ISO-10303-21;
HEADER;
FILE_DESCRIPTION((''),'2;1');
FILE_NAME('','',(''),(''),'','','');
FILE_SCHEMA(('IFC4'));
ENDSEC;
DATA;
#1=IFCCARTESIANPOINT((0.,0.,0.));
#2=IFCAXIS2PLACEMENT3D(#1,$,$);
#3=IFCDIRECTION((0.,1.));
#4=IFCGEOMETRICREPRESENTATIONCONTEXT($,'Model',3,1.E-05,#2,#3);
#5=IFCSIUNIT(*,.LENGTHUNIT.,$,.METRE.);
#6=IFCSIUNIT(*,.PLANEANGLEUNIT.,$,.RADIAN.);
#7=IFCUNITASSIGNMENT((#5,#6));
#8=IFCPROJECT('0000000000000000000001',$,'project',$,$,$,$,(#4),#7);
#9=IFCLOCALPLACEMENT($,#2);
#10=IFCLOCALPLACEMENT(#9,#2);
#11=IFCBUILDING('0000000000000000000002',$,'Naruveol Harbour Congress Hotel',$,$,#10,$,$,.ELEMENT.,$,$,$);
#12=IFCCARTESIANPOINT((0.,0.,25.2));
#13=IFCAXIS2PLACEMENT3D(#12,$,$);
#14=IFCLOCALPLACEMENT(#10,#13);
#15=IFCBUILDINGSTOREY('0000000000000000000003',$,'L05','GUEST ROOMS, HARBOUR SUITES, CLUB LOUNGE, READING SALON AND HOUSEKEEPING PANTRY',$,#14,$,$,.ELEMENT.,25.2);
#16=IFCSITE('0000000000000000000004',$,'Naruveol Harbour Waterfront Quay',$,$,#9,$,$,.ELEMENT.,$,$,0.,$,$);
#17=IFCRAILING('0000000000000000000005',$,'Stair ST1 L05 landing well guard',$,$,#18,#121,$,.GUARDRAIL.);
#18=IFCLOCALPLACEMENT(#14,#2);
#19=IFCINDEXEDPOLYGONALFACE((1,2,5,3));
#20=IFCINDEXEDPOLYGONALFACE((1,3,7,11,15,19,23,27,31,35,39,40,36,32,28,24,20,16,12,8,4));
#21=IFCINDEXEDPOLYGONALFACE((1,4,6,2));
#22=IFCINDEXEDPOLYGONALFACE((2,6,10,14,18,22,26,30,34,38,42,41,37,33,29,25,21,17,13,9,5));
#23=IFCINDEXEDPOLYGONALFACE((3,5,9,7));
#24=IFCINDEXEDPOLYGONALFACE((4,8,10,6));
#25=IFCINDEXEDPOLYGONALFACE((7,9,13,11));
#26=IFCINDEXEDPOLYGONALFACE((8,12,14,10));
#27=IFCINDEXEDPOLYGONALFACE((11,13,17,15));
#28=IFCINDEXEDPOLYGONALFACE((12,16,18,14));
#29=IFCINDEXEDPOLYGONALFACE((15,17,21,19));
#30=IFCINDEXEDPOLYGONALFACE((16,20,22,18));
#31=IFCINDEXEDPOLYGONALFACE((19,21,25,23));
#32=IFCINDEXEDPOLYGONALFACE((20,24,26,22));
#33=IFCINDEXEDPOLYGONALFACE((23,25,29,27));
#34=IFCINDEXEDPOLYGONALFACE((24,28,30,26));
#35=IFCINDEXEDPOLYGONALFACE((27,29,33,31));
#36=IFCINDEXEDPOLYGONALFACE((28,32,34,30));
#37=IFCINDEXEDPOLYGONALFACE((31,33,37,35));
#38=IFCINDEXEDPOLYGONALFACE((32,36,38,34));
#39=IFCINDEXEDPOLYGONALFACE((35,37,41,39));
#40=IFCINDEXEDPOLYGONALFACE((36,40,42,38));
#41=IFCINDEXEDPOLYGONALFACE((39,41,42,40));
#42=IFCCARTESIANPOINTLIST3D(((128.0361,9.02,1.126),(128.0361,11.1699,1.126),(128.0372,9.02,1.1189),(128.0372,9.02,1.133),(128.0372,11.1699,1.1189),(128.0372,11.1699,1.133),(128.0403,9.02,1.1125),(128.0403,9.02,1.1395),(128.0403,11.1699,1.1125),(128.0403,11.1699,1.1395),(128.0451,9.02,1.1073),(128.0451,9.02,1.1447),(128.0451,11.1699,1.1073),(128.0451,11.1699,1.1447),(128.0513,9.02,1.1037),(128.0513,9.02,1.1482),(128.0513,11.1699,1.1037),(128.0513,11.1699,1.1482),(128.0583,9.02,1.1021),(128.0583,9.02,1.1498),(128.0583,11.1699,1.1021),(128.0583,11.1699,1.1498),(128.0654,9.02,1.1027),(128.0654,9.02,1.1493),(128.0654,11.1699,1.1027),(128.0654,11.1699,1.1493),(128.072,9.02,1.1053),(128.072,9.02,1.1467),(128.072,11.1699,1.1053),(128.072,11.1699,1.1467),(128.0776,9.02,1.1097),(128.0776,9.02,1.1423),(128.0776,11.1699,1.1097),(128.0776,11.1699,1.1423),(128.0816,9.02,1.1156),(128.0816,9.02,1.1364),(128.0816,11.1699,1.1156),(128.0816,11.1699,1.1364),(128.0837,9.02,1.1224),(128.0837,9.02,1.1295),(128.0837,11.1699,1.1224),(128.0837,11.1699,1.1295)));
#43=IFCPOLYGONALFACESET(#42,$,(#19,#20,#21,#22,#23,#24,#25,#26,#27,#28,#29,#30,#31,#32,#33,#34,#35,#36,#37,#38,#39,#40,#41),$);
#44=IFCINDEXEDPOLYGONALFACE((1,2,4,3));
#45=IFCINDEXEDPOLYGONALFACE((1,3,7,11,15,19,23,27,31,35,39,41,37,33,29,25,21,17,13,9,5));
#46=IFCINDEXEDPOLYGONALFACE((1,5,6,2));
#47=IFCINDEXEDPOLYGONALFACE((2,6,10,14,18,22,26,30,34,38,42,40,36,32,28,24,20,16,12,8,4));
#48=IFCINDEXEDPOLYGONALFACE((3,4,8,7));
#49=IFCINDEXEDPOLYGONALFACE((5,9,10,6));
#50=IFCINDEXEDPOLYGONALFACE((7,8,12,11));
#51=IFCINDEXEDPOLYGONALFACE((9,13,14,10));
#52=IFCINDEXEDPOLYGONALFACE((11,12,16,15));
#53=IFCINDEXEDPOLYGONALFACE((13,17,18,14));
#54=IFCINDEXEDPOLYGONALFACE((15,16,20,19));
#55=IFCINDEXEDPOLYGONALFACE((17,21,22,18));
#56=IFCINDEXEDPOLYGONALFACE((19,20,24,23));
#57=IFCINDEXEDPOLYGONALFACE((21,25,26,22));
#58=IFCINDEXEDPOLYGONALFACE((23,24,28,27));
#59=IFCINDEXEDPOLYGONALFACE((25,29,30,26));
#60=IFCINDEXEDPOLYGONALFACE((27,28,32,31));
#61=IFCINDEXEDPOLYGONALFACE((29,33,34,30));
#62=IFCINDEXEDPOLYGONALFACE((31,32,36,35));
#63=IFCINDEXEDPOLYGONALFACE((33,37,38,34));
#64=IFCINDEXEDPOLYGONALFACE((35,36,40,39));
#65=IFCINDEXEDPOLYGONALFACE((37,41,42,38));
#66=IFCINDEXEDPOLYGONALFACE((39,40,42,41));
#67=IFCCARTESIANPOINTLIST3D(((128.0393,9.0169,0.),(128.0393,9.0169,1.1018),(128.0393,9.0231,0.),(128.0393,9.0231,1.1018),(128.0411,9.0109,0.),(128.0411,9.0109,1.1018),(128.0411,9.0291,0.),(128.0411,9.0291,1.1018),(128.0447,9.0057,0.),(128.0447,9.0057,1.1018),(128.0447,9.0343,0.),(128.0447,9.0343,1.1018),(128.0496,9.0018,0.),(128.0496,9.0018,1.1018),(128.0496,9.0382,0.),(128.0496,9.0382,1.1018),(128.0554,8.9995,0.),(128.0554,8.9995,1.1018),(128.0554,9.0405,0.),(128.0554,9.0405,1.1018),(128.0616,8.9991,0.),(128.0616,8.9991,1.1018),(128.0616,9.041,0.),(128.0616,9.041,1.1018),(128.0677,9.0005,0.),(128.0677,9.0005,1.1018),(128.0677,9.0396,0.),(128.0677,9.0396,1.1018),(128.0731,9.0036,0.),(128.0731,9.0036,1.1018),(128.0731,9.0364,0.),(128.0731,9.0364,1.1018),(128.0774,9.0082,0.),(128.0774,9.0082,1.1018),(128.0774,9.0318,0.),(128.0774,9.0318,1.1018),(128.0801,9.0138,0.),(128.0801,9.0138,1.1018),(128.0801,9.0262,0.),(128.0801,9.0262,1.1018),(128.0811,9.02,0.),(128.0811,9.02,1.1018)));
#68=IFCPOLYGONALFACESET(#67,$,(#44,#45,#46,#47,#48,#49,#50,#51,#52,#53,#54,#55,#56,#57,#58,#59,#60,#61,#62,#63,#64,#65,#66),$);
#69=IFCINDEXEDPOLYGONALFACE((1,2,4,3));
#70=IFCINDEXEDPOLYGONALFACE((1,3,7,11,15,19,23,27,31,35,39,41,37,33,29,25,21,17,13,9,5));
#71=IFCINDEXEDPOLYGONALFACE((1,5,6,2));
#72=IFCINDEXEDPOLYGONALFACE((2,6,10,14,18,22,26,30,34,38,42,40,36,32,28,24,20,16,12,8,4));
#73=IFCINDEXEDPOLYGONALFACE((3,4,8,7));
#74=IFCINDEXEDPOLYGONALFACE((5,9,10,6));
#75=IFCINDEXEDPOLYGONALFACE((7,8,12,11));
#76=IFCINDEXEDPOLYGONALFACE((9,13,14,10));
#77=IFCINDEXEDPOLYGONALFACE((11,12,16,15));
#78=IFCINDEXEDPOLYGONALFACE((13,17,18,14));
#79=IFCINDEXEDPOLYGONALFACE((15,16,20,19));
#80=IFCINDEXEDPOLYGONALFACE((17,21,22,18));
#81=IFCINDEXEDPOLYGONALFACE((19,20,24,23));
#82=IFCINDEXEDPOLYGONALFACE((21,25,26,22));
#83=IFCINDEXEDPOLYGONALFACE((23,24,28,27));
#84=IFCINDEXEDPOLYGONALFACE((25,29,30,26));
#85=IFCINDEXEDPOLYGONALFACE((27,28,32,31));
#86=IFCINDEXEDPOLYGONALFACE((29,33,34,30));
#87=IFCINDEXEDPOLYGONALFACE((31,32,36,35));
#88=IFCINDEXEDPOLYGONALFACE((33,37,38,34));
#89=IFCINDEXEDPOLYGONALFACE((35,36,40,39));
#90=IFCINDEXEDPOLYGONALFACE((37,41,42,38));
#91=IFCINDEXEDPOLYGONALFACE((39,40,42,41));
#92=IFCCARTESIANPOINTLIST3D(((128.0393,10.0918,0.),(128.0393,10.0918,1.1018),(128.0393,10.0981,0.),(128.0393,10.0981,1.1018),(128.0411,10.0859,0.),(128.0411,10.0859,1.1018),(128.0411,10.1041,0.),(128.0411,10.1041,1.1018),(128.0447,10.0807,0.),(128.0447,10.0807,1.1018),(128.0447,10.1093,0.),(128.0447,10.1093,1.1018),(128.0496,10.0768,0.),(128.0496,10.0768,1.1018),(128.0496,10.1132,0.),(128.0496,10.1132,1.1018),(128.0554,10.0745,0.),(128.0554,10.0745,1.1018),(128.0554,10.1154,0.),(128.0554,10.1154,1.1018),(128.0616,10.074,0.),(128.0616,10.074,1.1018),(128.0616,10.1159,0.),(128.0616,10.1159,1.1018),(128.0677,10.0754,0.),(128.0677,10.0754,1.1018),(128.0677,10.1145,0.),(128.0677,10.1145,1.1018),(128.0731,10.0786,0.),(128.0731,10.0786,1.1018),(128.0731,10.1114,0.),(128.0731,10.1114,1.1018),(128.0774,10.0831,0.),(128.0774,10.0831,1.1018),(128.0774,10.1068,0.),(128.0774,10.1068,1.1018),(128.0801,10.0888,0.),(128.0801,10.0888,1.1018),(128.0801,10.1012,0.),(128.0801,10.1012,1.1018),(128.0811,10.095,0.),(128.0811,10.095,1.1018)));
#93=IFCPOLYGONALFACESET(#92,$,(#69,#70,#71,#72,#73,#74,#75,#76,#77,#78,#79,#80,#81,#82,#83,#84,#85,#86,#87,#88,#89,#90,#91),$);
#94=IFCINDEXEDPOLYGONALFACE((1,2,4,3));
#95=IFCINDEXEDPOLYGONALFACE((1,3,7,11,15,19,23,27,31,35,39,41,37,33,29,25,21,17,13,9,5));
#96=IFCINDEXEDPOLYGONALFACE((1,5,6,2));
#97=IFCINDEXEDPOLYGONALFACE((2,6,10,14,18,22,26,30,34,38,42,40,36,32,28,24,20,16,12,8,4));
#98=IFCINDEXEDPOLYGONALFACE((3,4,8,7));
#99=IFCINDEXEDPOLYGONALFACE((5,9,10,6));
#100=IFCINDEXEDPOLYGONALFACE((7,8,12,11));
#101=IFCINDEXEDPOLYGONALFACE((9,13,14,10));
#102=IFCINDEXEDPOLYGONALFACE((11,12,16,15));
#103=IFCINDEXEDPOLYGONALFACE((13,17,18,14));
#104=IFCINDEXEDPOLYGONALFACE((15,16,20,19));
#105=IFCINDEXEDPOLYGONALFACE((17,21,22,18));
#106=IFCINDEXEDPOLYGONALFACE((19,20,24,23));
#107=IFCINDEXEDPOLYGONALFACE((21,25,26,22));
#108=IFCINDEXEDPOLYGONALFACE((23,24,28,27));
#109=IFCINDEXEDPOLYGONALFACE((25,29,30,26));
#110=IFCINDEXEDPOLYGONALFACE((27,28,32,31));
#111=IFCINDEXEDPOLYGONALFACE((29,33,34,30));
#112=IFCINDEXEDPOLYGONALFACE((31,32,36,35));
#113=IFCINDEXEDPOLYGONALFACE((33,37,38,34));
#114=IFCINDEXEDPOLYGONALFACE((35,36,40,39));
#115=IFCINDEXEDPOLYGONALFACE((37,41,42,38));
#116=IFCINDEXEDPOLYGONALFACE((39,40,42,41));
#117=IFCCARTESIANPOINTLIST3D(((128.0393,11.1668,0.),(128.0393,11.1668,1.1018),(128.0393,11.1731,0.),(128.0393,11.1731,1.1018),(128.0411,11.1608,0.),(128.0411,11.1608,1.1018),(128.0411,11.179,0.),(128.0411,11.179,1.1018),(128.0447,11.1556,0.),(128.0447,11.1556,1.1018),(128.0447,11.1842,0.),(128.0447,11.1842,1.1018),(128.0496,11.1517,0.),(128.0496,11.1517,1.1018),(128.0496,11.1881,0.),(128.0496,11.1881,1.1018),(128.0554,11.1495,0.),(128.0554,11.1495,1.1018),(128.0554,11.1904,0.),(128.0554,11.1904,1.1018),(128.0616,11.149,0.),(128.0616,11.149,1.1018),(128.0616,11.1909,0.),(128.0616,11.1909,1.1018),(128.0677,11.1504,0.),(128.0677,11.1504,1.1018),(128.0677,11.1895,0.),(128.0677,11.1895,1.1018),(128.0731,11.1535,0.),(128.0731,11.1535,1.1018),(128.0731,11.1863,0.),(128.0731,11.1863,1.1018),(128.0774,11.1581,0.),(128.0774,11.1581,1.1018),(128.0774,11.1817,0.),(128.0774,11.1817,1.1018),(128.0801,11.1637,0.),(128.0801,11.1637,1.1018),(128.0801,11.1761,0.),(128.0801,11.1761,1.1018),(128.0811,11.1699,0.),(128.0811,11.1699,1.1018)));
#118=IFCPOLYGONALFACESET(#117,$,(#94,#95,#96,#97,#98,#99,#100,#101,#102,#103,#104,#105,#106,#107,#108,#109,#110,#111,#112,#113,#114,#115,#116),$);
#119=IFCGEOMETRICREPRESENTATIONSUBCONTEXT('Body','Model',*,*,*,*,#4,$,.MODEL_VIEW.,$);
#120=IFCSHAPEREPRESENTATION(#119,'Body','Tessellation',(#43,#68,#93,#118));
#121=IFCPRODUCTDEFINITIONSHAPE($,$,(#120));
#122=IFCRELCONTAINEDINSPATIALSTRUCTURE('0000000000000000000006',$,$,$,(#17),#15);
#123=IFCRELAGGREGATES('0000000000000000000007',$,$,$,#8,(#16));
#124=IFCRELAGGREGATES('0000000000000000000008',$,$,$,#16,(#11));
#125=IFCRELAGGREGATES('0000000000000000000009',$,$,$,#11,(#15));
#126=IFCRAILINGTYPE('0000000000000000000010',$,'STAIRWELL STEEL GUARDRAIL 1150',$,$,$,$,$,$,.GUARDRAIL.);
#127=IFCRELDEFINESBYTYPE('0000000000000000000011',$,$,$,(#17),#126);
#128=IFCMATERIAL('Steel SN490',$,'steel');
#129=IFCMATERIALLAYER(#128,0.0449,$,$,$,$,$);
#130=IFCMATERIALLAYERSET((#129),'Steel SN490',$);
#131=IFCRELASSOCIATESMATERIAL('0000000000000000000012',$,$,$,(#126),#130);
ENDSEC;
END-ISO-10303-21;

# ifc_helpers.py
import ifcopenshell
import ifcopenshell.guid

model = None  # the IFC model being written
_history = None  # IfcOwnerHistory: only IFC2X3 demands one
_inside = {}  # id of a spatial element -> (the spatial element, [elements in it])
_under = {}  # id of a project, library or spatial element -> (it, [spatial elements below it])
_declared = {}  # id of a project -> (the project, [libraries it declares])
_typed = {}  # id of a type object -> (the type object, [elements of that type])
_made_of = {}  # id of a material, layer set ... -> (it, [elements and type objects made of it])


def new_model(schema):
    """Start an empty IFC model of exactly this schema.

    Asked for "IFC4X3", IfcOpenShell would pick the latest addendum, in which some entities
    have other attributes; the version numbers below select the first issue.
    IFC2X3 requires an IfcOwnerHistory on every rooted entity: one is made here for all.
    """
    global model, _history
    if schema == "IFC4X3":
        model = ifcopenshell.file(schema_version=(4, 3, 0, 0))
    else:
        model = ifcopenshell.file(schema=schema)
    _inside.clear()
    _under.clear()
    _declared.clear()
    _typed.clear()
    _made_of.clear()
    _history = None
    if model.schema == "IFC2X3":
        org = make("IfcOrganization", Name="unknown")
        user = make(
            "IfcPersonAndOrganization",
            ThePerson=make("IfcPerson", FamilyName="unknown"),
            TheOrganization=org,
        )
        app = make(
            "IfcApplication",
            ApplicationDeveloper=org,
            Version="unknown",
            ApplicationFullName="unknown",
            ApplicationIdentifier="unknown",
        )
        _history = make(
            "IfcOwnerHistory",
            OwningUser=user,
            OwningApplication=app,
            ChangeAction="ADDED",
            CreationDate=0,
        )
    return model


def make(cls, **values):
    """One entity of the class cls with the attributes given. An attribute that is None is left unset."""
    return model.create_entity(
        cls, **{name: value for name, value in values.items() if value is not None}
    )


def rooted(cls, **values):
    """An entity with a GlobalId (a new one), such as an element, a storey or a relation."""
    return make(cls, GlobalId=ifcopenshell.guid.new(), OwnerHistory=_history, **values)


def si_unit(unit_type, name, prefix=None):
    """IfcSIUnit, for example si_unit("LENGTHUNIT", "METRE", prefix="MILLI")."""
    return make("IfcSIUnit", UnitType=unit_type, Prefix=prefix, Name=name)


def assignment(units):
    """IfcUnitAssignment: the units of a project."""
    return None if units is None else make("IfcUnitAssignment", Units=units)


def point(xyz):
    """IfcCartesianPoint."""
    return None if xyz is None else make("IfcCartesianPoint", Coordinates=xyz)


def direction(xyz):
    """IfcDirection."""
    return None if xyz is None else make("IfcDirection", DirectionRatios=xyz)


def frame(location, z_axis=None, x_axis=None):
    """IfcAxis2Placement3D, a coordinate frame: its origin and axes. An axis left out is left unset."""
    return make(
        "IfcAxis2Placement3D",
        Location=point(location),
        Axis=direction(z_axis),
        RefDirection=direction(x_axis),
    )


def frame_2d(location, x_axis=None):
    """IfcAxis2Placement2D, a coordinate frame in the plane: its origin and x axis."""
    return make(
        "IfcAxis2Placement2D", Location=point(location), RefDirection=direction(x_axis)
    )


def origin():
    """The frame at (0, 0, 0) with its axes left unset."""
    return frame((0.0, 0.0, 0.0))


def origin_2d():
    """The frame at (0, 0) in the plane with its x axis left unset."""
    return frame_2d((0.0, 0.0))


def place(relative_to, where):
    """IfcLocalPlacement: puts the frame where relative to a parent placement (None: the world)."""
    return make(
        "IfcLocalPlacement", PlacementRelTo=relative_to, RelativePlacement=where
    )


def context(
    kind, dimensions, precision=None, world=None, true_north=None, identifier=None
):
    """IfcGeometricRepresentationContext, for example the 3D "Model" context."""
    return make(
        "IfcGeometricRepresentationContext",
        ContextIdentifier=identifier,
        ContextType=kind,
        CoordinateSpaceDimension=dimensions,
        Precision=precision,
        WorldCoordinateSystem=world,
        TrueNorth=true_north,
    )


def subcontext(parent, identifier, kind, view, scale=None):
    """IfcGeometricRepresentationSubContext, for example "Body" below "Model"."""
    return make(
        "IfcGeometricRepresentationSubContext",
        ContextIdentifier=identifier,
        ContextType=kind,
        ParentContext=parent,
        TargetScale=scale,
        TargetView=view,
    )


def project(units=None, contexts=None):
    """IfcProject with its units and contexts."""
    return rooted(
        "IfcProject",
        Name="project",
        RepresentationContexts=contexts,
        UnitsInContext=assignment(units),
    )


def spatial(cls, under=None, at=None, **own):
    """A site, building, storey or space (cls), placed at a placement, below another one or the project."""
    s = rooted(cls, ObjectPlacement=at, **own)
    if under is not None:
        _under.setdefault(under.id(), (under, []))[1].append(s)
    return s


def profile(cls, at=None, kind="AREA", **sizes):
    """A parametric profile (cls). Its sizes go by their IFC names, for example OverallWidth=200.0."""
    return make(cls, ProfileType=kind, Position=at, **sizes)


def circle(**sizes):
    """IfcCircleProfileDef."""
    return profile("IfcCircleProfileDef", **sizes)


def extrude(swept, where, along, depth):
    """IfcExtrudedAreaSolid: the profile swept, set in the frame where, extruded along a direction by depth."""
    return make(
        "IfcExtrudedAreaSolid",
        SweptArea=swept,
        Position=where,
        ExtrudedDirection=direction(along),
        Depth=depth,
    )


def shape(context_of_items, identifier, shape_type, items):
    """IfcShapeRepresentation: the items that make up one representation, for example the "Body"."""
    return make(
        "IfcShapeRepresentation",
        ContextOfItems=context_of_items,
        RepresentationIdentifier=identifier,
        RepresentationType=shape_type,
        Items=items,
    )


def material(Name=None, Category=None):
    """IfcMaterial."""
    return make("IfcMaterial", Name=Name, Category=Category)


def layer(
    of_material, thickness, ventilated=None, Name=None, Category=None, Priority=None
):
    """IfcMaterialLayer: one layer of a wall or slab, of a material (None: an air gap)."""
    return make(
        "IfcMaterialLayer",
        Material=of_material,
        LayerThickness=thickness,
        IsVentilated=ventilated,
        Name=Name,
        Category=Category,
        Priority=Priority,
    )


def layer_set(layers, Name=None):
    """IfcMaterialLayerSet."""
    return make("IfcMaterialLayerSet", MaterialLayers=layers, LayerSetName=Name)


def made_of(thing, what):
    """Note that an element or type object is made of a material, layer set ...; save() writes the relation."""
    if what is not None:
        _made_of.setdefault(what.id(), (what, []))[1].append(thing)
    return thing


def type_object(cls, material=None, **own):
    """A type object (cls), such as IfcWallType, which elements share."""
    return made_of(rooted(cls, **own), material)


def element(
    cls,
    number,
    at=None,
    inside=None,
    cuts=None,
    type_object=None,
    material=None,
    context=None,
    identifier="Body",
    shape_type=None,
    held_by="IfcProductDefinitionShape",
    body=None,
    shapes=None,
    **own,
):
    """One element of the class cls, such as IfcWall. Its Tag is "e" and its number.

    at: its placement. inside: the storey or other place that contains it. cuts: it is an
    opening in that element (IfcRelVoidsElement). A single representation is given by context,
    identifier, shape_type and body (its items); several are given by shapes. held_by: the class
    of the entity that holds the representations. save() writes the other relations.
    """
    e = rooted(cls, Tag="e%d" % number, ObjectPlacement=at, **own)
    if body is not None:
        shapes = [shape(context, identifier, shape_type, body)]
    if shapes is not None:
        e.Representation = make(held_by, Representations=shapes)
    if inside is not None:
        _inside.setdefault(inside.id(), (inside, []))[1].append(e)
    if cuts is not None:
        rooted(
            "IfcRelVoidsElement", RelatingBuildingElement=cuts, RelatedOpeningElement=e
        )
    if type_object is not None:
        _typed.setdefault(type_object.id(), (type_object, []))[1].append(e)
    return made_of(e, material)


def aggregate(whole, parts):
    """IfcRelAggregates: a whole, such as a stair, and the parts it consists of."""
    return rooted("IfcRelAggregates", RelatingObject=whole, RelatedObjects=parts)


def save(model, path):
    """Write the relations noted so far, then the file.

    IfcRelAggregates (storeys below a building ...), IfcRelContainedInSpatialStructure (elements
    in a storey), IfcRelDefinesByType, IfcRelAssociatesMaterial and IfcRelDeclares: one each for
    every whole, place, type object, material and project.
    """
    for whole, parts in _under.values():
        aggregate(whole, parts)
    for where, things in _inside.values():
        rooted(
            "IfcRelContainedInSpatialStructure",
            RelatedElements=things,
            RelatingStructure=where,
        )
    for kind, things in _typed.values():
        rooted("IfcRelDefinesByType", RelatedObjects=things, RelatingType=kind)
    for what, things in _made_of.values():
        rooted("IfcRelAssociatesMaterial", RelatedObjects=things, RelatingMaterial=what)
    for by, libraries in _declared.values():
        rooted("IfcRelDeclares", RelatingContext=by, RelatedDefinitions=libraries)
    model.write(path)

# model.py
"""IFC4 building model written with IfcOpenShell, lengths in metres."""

from ifc_helpers import new_model, si_unit, direction, frame, origin, origin_2d, place, context, subcontext, project, spatial, circle, extrude, material, layer, layer_set, type_object, element, save


model = new_model("IFC4")

# Units and contexts
model_context = context("Model", 3, precision=1e-05, world=origin(), true_north=direction((0.0, 1.0)))
body_context = subcontext(model_context, "Body", "Model", "MODEL_VIEW")
ifc_project = project(units=[si_unit("LENGTHUNIT", "METRE"), si_unit("PLANEANGLEUNIT", "RADIAN")], contexts=[model_context])

# Site, building, storey
site_placement = place(None, origin())
site = spatial("IfcSite", under=ifc_project, at=site_placement, Name="Naruveol Harbour Waterfront Quay", CompositionType="ELEMENT", RefElevation=0.0)
building_placement = place(site_placement, origin())
building = spatial("IfcBuilding", under=site, at=building_placement, Name="Naruveol Harbour Congress Hotel", CompositionType="ELEMENT")
storey_placement = place(building_placement, frame((0.0, 0.0, 25.2)))
storey = spatial("IfcBuildingStorey", under=building, at=storey_placement, Name="L05", Description="GUEST ROOMS, HARBOUR SUITES, CLUB LOUNGE, READING SALON AND HOUSEKEEPING PANTRY", CompositionType="ELEMENT", Elevation=25.2)

# Railing
ifc_material_1 = material(Name="Steel SN490", Category="steel")
ifc_layer_1 = layer(ifc_material_1, 0.0449)
ifc_layer_set_1 = layer_set([ifc_layer_1], Name="Steel SN490")
railing_type_1 = type_object("IfcRailingType", Name="STAIRWELL STEEL GUARDRAIL 1150", PredefinedType="GUARDRAIL", material=ifc_layer_set_1)
railing_1_placement = place(storey_placement, frame((128.0601, 9.02, 0.0)))
element("IfcRailing", 1, at=railing_1_placement, inside=storey, type_object=railing_type_1, Name="Stair ST1 L05 landing well guard", PredefinedType="GUARDRAIL", context=body_context, shape_type="SweptSolid", body=[
    extrude(circle(Radius=0.0239, at=origin_2d()), frame((0.0, 0.0, 1.126), z_axis=(0.0, 1.0, 0.0), x_axis=(-1.0, 0.0, 0.0)), (0.0, 0.0, 1.0), 2.1499),
    extrude(circle(Radius=0.021, at=origin_2d()), origin(), (0.0, 0.0, 1.0), 1.1018),
    extrude(circle(Radius=0.021, at=origin_2d()), frame((0.0, 1.075, 0.0)), (0.0, 0.0, 1.0), 1.1018),
    extrude(circle(Radius=0.021, at=origin_2d()), frame((0.0, 2.1499, 0.0)), (0.0, 0.0, 1.0), 1.1018),
])

save(model, "model.ifc")
